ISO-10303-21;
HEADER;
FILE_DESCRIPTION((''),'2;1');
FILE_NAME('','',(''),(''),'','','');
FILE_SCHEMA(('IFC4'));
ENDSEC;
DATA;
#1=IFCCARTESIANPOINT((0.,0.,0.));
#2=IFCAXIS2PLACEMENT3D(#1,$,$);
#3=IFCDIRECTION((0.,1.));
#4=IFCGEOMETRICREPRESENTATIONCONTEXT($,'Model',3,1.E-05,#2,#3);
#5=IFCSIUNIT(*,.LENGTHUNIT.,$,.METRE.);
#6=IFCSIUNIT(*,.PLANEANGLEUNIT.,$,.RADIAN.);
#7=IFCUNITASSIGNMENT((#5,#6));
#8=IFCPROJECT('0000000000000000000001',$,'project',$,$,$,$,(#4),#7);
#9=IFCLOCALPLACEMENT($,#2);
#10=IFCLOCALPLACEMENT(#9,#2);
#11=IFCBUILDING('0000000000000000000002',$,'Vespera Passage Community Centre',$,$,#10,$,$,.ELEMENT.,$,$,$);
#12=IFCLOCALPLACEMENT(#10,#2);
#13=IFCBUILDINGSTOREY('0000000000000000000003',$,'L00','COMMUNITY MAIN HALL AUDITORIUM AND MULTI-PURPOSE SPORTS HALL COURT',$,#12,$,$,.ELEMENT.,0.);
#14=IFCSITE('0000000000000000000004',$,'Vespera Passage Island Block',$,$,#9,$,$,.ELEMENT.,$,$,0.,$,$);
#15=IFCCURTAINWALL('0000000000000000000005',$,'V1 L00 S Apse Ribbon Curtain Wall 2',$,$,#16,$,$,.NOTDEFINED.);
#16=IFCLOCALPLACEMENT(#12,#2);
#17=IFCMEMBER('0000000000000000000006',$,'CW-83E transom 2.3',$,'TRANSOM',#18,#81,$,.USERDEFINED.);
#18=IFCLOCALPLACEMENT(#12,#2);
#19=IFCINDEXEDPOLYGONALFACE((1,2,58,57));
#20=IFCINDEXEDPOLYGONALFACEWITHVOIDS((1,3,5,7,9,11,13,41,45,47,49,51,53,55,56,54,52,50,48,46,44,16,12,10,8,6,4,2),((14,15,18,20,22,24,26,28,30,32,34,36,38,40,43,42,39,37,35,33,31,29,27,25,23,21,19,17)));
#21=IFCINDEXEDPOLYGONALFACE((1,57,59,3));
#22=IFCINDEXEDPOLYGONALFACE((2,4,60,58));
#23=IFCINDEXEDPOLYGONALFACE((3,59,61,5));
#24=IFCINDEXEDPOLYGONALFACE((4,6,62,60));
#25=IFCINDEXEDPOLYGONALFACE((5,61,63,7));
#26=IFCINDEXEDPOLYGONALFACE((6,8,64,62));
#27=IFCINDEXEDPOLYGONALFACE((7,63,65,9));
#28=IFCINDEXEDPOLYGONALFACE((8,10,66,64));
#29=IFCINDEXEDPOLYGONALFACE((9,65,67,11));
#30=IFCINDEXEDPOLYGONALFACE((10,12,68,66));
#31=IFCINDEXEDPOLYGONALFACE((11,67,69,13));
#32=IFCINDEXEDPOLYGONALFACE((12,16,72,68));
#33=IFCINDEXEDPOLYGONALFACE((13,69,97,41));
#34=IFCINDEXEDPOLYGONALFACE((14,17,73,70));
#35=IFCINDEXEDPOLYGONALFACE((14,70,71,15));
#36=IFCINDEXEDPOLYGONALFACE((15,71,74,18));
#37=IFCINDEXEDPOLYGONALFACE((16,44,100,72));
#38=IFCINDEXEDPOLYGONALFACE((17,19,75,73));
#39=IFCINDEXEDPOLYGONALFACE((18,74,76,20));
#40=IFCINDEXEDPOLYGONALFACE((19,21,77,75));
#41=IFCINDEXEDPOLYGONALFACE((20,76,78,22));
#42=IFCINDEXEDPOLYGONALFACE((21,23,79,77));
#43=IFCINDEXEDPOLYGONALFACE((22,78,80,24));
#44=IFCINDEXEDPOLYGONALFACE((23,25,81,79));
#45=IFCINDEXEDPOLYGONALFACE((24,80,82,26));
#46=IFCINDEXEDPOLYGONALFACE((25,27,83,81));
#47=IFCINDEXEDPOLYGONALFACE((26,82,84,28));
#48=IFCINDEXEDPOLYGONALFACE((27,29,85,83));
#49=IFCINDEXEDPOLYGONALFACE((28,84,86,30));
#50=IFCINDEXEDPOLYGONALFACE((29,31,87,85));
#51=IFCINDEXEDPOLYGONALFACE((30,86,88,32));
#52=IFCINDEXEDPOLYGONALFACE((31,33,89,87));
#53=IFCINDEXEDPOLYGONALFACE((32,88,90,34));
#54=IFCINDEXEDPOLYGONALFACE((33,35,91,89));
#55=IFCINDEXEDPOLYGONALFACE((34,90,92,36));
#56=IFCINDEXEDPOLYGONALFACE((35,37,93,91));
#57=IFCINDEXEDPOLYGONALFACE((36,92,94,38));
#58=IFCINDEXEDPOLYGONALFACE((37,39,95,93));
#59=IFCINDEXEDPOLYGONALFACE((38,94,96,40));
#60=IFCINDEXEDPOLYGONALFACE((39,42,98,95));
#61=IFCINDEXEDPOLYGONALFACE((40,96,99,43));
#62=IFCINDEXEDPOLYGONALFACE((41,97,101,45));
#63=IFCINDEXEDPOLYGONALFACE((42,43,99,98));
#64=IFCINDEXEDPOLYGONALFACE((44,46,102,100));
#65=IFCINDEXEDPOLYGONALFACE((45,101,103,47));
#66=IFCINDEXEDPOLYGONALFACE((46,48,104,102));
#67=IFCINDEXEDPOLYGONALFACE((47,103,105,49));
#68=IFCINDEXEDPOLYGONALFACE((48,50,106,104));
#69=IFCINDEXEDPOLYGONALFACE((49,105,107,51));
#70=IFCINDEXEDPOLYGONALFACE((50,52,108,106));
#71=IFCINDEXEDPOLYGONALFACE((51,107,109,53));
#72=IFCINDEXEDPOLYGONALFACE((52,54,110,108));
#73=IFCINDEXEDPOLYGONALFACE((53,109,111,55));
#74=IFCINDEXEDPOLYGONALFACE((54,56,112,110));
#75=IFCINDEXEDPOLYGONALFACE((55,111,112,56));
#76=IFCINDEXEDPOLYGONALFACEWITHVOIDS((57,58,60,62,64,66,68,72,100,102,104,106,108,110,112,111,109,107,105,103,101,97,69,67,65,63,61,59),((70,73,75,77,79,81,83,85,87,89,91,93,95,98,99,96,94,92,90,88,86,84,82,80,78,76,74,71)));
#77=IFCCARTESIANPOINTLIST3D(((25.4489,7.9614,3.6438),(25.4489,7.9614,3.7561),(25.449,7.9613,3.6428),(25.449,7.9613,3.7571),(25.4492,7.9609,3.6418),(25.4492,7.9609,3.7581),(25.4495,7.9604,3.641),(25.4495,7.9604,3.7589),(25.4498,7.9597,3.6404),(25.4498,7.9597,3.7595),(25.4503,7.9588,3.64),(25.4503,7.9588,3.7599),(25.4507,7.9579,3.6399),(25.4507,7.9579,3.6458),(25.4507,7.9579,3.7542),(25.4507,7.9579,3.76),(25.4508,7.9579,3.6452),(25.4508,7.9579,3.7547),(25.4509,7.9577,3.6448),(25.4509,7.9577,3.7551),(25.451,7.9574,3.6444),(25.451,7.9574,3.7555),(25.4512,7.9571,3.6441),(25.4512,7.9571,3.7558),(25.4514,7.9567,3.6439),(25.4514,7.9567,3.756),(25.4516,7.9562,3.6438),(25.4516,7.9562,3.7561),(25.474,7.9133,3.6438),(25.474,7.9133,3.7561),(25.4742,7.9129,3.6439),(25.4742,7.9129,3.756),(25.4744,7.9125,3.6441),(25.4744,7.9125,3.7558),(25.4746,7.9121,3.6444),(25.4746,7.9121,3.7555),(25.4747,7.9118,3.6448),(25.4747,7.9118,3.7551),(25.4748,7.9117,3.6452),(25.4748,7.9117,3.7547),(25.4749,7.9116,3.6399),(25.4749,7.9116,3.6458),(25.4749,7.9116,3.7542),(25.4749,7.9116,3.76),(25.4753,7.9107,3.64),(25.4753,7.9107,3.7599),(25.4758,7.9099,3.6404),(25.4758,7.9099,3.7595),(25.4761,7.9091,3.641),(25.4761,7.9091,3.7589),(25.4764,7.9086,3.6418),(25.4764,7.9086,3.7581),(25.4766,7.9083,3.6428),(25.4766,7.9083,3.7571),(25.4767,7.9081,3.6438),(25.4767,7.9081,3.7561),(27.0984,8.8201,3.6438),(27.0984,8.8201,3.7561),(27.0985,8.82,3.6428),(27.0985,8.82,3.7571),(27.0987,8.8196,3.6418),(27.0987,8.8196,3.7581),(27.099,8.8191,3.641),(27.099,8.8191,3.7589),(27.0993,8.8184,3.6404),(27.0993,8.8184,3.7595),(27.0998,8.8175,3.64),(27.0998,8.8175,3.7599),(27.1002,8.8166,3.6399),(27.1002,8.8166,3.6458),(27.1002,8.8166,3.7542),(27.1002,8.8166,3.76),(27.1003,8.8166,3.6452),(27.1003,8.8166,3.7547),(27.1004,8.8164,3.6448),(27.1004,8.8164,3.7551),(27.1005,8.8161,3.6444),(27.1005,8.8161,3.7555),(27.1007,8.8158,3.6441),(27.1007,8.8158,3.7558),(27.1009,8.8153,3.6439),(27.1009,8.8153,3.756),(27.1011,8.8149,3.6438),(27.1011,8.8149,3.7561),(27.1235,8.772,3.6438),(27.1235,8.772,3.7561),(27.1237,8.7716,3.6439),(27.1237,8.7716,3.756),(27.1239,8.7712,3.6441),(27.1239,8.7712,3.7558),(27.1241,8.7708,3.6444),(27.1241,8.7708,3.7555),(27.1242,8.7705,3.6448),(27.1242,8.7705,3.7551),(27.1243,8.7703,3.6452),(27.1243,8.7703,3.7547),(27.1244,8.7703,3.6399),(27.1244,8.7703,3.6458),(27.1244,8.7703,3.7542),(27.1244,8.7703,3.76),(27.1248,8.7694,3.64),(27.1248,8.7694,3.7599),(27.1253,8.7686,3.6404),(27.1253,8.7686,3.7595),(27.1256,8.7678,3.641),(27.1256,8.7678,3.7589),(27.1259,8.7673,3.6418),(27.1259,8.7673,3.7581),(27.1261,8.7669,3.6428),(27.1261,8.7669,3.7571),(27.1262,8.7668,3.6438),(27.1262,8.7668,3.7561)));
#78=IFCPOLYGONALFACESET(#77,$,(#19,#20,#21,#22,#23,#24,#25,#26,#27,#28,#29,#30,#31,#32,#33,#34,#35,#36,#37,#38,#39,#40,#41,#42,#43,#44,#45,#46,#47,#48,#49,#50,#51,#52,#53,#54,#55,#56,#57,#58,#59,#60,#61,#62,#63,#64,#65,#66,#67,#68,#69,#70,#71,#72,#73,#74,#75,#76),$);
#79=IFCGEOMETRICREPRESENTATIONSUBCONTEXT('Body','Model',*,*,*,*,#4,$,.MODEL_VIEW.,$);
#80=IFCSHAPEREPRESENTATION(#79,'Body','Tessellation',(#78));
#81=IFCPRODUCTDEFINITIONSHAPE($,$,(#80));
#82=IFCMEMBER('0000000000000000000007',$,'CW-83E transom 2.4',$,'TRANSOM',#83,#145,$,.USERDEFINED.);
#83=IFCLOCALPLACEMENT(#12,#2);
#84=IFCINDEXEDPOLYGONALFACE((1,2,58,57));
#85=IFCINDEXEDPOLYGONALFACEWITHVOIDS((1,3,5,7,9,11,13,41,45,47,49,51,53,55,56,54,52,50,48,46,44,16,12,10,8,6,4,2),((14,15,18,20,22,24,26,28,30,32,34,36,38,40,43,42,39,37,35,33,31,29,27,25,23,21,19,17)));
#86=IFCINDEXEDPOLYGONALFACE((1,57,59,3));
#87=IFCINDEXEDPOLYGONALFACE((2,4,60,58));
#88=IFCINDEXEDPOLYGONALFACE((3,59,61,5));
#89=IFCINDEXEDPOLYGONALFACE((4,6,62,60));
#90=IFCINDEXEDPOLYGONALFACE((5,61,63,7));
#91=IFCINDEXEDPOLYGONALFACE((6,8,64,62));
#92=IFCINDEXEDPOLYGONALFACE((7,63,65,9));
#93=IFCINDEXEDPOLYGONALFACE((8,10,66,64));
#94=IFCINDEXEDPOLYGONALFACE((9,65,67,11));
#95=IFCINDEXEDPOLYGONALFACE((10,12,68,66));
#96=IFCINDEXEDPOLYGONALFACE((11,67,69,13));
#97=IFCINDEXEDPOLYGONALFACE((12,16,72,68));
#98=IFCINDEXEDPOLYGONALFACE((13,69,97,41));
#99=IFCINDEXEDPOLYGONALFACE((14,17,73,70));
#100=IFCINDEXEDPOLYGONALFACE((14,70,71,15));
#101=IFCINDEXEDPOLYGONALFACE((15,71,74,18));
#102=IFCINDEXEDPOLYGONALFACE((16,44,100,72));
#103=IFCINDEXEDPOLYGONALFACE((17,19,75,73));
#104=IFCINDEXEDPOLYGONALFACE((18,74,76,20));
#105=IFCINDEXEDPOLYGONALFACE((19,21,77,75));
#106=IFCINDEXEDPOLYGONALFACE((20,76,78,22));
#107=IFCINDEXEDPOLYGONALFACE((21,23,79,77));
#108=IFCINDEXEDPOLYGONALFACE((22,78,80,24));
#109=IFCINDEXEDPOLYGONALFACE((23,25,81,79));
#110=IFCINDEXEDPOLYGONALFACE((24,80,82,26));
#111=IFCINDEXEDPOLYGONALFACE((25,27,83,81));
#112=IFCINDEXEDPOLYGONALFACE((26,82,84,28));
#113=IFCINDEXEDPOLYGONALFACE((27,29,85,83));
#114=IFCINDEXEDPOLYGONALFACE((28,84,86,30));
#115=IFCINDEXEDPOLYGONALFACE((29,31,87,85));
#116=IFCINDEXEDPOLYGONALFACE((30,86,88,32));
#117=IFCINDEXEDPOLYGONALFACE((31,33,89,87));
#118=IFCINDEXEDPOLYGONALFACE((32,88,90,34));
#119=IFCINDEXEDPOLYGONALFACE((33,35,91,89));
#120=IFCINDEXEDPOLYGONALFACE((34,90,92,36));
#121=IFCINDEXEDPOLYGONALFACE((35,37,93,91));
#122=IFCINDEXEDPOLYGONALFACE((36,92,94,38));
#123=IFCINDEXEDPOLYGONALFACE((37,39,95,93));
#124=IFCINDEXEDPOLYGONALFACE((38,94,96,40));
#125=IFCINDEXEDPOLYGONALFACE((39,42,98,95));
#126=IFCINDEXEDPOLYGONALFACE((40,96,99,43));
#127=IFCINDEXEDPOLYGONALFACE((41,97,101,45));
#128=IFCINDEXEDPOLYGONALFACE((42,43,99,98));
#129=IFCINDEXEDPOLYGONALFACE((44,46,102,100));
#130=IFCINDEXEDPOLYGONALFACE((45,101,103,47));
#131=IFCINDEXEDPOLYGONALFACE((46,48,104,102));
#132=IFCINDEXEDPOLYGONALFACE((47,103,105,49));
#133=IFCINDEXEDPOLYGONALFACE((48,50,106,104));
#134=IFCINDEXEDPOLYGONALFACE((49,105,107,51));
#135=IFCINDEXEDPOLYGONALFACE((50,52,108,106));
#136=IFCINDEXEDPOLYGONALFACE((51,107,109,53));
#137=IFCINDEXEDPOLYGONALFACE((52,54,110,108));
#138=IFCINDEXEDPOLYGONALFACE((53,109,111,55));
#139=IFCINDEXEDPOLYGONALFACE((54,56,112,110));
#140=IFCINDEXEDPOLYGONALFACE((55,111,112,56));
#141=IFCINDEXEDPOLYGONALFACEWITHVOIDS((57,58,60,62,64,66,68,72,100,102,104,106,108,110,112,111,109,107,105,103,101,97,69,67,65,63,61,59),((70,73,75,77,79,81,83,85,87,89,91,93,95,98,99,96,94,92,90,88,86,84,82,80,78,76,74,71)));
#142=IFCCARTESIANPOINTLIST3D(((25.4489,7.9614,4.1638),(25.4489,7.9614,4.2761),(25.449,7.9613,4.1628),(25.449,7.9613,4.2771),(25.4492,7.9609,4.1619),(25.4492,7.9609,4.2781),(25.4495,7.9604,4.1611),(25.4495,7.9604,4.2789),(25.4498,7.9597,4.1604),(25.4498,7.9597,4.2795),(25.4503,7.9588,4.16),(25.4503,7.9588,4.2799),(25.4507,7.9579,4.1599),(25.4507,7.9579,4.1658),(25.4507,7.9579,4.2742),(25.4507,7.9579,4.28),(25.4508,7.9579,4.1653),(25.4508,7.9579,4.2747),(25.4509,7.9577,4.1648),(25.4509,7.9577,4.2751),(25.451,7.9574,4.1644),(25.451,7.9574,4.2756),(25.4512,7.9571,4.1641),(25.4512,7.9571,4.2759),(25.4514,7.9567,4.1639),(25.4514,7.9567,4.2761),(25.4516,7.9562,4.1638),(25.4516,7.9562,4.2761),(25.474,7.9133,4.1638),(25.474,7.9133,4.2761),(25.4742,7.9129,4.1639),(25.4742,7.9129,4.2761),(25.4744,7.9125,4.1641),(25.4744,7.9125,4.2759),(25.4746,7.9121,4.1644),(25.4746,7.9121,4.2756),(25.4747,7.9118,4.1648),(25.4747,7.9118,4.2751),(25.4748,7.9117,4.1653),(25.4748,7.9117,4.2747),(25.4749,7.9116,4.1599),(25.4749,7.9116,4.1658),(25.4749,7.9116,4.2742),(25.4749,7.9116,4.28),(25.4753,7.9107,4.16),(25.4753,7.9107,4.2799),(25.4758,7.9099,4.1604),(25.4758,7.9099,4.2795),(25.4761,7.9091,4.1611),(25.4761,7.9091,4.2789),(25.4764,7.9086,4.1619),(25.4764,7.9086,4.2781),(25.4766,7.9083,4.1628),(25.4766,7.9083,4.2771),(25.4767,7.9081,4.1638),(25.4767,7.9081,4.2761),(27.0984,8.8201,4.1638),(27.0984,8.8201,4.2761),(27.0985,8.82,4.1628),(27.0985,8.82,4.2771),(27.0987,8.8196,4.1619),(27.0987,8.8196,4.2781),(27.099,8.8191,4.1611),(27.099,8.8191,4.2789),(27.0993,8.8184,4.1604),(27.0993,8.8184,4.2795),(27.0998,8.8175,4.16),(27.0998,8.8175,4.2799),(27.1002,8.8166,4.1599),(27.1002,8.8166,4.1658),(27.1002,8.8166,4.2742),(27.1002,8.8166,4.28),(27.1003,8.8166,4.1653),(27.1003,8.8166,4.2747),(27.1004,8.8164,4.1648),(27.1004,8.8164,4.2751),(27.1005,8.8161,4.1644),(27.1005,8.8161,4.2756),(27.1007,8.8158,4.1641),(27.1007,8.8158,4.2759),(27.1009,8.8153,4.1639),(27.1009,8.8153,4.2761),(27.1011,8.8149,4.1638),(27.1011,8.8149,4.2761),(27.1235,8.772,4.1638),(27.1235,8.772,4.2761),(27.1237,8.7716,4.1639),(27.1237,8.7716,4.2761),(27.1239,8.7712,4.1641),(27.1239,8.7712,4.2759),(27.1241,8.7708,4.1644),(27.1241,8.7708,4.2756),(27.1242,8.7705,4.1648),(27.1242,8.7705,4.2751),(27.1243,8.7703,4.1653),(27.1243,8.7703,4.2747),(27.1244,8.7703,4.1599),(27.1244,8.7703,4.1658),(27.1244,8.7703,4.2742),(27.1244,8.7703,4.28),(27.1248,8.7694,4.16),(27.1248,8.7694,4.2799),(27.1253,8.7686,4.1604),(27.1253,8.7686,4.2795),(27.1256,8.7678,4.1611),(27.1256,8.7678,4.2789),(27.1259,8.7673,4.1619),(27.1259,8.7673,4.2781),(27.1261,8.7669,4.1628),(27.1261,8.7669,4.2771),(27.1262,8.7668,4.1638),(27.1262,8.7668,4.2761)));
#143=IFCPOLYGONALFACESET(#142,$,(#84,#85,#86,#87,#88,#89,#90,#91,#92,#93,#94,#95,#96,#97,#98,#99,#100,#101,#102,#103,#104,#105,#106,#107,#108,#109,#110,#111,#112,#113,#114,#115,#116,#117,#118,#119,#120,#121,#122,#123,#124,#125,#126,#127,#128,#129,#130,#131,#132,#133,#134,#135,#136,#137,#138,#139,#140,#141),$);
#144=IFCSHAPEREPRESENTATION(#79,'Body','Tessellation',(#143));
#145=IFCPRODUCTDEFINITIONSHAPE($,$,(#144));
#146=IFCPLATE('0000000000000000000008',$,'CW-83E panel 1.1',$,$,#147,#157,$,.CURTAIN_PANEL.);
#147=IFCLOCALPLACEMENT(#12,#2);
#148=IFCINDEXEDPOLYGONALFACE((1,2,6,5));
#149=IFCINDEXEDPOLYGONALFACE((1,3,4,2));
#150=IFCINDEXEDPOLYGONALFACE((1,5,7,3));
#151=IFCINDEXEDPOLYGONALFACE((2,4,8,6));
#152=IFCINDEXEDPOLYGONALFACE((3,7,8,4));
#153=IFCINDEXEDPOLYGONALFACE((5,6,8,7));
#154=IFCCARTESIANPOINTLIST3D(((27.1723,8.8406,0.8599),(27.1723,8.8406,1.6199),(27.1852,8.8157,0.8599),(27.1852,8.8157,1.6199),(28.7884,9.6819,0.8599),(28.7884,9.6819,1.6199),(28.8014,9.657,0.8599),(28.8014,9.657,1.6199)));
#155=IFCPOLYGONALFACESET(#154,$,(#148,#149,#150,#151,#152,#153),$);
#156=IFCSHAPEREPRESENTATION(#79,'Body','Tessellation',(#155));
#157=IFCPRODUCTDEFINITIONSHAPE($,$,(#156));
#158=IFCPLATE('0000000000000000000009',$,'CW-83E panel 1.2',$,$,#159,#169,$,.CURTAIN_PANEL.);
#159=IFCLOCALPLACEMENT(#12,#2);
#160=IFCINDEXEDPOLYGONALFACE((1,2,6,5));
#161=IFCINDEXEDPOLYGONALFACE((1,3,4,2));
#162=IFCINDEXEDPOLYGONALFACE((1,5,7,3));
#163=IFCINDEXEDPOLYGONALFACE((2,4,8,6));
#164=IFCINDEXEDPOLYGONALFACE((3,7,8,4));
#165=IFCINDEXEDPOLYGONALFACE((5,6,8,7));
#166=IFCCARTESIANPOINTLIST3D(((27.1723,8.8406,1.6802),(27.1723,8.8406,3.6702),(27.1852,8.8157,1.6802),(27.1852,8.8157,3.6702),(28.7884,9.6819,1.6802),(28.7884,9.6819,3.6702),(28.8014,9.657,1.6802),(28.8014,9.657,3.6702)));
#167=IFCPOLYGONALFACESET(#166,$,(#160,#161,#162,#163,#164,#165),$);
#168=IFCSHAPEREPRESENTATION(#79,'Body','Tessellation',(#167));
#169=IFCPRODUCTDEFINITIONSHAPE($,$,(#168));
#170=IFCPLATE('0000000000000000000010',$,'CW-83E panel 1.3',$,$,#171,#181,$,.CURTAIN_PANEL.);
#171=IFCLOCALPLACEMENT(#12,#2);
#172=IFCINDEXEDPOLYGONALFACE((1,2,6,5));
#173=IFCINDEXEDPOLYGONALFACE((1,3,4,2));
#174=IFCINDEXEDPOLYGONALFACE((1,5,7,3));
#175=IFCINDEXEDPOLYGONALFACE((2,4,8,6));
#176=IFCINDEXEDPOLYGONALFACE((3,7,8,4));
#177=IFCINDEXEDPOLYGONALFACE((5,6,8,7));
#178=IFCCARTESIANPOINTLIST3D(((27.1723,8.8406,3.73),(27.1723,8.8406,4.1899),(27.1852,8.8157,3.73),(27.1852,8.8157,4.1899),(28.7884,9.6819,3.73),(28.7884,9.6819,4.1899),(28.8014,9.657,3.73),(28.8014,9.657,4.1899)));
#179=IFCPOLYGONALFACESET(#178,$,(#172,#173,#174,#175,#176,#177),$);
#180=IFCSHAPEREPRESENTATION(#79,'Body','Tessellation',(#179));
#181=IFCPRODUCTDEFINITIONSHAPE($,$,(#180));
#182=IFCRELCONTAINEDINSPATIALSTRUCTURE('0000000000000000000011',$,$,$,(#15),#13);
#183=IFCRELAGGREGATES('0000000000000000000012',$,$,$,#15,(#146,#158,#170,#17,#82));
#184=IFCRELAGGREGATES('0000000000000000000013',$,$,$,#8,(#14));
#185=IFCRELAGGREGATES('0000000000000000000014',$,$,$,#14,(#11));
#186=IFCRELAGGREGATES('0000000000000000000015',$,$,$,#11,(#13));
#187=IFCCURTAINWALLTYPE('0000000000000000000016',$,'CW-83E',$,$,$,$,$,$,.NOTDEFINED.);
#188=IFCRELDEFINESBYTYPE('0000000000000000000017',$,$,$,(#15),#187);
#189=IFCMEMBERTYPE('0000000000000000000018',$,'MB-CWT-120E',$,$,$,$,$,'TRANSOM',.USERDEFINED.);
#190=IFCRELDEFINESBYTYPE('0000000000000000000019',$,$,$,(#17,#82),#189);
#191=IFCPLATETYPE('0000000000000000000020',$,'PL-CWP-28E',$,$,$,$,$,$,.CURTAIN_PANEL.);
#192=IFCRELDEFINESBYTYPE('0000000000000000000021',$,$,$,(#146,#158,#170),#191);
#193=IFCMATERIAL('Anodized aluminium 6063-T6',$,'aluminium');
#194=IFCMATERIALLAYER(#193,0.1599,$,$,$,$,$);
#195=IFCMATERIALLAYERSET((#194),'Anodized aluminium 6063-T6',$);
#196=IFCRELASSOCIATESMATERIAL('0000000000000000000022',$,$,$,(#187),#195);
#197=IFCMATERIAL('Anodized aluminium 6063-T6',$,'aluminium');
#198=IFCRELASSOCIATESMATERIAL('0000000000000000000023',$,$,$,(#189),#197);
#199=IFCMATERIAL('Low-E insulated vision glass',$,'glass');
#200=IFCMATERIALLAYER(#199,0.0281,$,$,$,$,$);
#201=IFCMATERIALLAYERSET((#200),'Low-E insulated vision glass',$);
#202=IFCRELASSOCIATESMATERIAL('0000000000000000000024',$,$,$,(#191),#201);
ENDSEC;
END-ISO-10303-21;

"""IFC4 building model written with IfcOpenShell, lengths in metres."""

from ifc_helpers import new_model, si_unit, direction, frame, origin, origin_2d, place, context, subcontext, project, spatial, rectangle, hollow_rectangle, extrude, material, layer, layer_set, material_profile, profile_set, type_object, element, aggregate, save


model = new_model("IFC4")

# Units and contexts
model_context = context("Model", 3, precision=1e-05, world=origin(), true_north=direction((0.0, 1.0)))
body_context = subcontext(model_context, "Body", "Model", "MODEL_VIEW")
ifc_project = project(units=[si_unit("LENGTHUNIT", "METRE"), si_unit("PLANEANGLEUNIT", "RADIAN")], contexts=[model_context])

# Site, building, storey
site_placement = place(None, origin())
site = spatial("IfcSite", under=ifc_project, at=site_placement, Name="Vespera Passage Island Block", CompositionType="ELEMENT", RefElevation=0.0)
building_placement = place(site_placement, origin())
building = spatial("IfcBuilding", under=site, at=building_placement, Name="Vespera Passage Community Centre", CompositionType="ELEMENT")
storey_placement = place(building_placement, origin())
storey = spatial("IfcBuildingStorey", under=building, at=storey_placement, Name="L00", Description="COMMUNITY MAIN HALL AUDITORIUM AND MULTI-PURPOSE SPORTS HALL COURT", CompositionType="ELEMENT", Elevation=0.0)

# Curtain wall, members, plates
ifc_material_1 = material(Name="Anodized aluminium 6063-T6", Category="aluminium")
ifc_layer_1 = layer(ifc_material_1, 0.1599)
ifc_layer_set_1 = layer_set([ifc_layer_1], Name="Anodized aluminium 6063-T6")
curtain_wall_type = type_object("IfcCurtainWallType", Name="CW-83E", PredefinedType="NOTDEFINED", material=ifc_layer_set_1)
curtain_wall_placement = place(storey_placement, origin())
curtain_wall = element("IfcCurtainWall", 1, at=curtain_wall_placement, inside=storey, type_object=curtain_wall_type, Name="V1 L00 S Apse Ribbon Curtain Wall 2", PredefinedType="NOTDEFINED")
ifc_material_2 = material(Name="Anodized aluminium 6063-T6", Category="aluminium")
ifc_material_profile_1 = material_profile(ifc_material_2, hollow_rectangle(XDim=0.0601, YDim=0.1201, WallThickness=0.0039, InnerFilletRadius=0.002, OuterFilletRadius=0.0039, at=origin_2d()), Name="ALU120X60X4")
ifc_profile_set_1 = profile_set([ifc_material_profile_1], Name="Anodized aluminium 6063-T6")
member_type_1 = type_object("IfcMemberType", Name="MB-CWT-120E", ElementType="TRANSOM", PredefinedType="USERDEFINED", material=ifc_profile_set_1)
member_1_placement = place(storey_placement, frame((27.1123, 8.7935, 3.7), z_axis=(-0.887008, -0.461754, 0.0), x_axis=(0.461754, -0.887008, 0.0)))
member_1 = element("IfcMember", 2, at=member_1_placement, type_object=member_type_1, Name="CW-83E transom 2.3", ObjectType="TRANSOM", PredefinedType="USERDEFINED", context=body_context, shape_type="SweptSolid", body=[
    extrude(hollow_rectangle(XDim=0.0601, YDim=0.1201, WallThickness=0.0039, InnerFilletRadius=0.002, OuterFilletRadius=0.0039, at=origin_2d()), origin(), (0.0, 0.0, 1.0), 1.8596),
])
member_2_placement = place(storey_placement, frame((27.1123, 8.7935, 4.22), z_axis=(-0.887008, -0.461754, 0.0), x_axis=(0.461754, -0.887008, 0.0)))
member_2 = element("IfcMember", 3, at=member_2_placement, type_object=member_type_1, Name="CW-83E transom 2.4", ObjectType="TRANSOM", PredefinedType="USERDEFINED", context=body_context, shape_type="SweptSolid", body=[
    extrude(hollow_rectangle(XDim=0.0601, YDim=0.1201, WallThickness=0.0039, InnerFilletRadius=0.002, OuterFilletRadius=0.0039, at=origin_2d()), origin(), (0.0, 0.0, 1.0), 1.8596),
])
ifc_material_3 = material(Name="Low-E insulated vision glass", Category="glass")
ifc_layer_2 = layer(ifc_material_3, 0.0281)
ifc_layer_set_2 = layer_set([ifc_layer_2], Name="Low-E insulated vision glass")
plate_type = type_object("IfcPlateType", Name="PL-CWP-28E", PredefinedType="CURTAIN_PANEL", material=ifc_layer_set_2)
plate_1_placement = place(storey_placement, frame((27.9868, 9.2488, 0.8599), z_axis=(0.0, 0.0, 1.0), x_axis=(-0.887013, -0.461745, 0.0)))
plate_1 = element("IfcPlate", 4, at=plate_1_placement, type_object=plate_type, Name="CW-83E panel 1.1", PredefinedType="CURTAIN_PANEL", context=body_context, shape_type="SweptSolid", body=[
    extrude(rectangle(XDim=1.822, YDim=0.0281, at=origin_2d()), origin(), (0.0, 0.0, 1.0), 0.76),
])
plate_2_placement = place(storey_placement, frame((27.9868, 9.2488, 1.6802), z_axis=(0.0, 0.0, 1.0), x_axis=(-0.887013, -0.461745, 0.0)))
plate_2 = element("IfcPlate", 5, at=plate_2_placement, type_object=plate_type, Name="CW-83E panel 1.2", PredefinedType="CURTAIN_PANEL", context=body_context, shape_type="SweptSolid", body=[
    extrude(rectangle(XDim=1.822, YDim=0.0281, at=origin_2d()), origin(), (0.0, 0.0, 1.0), 1.99),
])
plate_3_placement = place(storey_placement, frame((27.9868, 9.2488, 3.73), z_axis=(0.0, 0.0, 1.0), x_axis=(-0.887013, -0.461745, 0.0)))
plate_3 = element("IfcPlate", 6, at=plate_3_placement, type_object=plate_type, Name="CW-83E panel 1.3", PredefinedType="CURTAIN_PANEL", context=body_context, shape_type="SweptSolid", body=[
    extrude(rectangle(XDim=1.822, YDim=0.0281, at=origin_2d()), origin(), (0.0, 0.0, 1.0), 0.46),
])
aggregate(curtain_wall, [plate_1, plate_2, plate_3, member_1, member_2])

save(model, "model.ifc")
